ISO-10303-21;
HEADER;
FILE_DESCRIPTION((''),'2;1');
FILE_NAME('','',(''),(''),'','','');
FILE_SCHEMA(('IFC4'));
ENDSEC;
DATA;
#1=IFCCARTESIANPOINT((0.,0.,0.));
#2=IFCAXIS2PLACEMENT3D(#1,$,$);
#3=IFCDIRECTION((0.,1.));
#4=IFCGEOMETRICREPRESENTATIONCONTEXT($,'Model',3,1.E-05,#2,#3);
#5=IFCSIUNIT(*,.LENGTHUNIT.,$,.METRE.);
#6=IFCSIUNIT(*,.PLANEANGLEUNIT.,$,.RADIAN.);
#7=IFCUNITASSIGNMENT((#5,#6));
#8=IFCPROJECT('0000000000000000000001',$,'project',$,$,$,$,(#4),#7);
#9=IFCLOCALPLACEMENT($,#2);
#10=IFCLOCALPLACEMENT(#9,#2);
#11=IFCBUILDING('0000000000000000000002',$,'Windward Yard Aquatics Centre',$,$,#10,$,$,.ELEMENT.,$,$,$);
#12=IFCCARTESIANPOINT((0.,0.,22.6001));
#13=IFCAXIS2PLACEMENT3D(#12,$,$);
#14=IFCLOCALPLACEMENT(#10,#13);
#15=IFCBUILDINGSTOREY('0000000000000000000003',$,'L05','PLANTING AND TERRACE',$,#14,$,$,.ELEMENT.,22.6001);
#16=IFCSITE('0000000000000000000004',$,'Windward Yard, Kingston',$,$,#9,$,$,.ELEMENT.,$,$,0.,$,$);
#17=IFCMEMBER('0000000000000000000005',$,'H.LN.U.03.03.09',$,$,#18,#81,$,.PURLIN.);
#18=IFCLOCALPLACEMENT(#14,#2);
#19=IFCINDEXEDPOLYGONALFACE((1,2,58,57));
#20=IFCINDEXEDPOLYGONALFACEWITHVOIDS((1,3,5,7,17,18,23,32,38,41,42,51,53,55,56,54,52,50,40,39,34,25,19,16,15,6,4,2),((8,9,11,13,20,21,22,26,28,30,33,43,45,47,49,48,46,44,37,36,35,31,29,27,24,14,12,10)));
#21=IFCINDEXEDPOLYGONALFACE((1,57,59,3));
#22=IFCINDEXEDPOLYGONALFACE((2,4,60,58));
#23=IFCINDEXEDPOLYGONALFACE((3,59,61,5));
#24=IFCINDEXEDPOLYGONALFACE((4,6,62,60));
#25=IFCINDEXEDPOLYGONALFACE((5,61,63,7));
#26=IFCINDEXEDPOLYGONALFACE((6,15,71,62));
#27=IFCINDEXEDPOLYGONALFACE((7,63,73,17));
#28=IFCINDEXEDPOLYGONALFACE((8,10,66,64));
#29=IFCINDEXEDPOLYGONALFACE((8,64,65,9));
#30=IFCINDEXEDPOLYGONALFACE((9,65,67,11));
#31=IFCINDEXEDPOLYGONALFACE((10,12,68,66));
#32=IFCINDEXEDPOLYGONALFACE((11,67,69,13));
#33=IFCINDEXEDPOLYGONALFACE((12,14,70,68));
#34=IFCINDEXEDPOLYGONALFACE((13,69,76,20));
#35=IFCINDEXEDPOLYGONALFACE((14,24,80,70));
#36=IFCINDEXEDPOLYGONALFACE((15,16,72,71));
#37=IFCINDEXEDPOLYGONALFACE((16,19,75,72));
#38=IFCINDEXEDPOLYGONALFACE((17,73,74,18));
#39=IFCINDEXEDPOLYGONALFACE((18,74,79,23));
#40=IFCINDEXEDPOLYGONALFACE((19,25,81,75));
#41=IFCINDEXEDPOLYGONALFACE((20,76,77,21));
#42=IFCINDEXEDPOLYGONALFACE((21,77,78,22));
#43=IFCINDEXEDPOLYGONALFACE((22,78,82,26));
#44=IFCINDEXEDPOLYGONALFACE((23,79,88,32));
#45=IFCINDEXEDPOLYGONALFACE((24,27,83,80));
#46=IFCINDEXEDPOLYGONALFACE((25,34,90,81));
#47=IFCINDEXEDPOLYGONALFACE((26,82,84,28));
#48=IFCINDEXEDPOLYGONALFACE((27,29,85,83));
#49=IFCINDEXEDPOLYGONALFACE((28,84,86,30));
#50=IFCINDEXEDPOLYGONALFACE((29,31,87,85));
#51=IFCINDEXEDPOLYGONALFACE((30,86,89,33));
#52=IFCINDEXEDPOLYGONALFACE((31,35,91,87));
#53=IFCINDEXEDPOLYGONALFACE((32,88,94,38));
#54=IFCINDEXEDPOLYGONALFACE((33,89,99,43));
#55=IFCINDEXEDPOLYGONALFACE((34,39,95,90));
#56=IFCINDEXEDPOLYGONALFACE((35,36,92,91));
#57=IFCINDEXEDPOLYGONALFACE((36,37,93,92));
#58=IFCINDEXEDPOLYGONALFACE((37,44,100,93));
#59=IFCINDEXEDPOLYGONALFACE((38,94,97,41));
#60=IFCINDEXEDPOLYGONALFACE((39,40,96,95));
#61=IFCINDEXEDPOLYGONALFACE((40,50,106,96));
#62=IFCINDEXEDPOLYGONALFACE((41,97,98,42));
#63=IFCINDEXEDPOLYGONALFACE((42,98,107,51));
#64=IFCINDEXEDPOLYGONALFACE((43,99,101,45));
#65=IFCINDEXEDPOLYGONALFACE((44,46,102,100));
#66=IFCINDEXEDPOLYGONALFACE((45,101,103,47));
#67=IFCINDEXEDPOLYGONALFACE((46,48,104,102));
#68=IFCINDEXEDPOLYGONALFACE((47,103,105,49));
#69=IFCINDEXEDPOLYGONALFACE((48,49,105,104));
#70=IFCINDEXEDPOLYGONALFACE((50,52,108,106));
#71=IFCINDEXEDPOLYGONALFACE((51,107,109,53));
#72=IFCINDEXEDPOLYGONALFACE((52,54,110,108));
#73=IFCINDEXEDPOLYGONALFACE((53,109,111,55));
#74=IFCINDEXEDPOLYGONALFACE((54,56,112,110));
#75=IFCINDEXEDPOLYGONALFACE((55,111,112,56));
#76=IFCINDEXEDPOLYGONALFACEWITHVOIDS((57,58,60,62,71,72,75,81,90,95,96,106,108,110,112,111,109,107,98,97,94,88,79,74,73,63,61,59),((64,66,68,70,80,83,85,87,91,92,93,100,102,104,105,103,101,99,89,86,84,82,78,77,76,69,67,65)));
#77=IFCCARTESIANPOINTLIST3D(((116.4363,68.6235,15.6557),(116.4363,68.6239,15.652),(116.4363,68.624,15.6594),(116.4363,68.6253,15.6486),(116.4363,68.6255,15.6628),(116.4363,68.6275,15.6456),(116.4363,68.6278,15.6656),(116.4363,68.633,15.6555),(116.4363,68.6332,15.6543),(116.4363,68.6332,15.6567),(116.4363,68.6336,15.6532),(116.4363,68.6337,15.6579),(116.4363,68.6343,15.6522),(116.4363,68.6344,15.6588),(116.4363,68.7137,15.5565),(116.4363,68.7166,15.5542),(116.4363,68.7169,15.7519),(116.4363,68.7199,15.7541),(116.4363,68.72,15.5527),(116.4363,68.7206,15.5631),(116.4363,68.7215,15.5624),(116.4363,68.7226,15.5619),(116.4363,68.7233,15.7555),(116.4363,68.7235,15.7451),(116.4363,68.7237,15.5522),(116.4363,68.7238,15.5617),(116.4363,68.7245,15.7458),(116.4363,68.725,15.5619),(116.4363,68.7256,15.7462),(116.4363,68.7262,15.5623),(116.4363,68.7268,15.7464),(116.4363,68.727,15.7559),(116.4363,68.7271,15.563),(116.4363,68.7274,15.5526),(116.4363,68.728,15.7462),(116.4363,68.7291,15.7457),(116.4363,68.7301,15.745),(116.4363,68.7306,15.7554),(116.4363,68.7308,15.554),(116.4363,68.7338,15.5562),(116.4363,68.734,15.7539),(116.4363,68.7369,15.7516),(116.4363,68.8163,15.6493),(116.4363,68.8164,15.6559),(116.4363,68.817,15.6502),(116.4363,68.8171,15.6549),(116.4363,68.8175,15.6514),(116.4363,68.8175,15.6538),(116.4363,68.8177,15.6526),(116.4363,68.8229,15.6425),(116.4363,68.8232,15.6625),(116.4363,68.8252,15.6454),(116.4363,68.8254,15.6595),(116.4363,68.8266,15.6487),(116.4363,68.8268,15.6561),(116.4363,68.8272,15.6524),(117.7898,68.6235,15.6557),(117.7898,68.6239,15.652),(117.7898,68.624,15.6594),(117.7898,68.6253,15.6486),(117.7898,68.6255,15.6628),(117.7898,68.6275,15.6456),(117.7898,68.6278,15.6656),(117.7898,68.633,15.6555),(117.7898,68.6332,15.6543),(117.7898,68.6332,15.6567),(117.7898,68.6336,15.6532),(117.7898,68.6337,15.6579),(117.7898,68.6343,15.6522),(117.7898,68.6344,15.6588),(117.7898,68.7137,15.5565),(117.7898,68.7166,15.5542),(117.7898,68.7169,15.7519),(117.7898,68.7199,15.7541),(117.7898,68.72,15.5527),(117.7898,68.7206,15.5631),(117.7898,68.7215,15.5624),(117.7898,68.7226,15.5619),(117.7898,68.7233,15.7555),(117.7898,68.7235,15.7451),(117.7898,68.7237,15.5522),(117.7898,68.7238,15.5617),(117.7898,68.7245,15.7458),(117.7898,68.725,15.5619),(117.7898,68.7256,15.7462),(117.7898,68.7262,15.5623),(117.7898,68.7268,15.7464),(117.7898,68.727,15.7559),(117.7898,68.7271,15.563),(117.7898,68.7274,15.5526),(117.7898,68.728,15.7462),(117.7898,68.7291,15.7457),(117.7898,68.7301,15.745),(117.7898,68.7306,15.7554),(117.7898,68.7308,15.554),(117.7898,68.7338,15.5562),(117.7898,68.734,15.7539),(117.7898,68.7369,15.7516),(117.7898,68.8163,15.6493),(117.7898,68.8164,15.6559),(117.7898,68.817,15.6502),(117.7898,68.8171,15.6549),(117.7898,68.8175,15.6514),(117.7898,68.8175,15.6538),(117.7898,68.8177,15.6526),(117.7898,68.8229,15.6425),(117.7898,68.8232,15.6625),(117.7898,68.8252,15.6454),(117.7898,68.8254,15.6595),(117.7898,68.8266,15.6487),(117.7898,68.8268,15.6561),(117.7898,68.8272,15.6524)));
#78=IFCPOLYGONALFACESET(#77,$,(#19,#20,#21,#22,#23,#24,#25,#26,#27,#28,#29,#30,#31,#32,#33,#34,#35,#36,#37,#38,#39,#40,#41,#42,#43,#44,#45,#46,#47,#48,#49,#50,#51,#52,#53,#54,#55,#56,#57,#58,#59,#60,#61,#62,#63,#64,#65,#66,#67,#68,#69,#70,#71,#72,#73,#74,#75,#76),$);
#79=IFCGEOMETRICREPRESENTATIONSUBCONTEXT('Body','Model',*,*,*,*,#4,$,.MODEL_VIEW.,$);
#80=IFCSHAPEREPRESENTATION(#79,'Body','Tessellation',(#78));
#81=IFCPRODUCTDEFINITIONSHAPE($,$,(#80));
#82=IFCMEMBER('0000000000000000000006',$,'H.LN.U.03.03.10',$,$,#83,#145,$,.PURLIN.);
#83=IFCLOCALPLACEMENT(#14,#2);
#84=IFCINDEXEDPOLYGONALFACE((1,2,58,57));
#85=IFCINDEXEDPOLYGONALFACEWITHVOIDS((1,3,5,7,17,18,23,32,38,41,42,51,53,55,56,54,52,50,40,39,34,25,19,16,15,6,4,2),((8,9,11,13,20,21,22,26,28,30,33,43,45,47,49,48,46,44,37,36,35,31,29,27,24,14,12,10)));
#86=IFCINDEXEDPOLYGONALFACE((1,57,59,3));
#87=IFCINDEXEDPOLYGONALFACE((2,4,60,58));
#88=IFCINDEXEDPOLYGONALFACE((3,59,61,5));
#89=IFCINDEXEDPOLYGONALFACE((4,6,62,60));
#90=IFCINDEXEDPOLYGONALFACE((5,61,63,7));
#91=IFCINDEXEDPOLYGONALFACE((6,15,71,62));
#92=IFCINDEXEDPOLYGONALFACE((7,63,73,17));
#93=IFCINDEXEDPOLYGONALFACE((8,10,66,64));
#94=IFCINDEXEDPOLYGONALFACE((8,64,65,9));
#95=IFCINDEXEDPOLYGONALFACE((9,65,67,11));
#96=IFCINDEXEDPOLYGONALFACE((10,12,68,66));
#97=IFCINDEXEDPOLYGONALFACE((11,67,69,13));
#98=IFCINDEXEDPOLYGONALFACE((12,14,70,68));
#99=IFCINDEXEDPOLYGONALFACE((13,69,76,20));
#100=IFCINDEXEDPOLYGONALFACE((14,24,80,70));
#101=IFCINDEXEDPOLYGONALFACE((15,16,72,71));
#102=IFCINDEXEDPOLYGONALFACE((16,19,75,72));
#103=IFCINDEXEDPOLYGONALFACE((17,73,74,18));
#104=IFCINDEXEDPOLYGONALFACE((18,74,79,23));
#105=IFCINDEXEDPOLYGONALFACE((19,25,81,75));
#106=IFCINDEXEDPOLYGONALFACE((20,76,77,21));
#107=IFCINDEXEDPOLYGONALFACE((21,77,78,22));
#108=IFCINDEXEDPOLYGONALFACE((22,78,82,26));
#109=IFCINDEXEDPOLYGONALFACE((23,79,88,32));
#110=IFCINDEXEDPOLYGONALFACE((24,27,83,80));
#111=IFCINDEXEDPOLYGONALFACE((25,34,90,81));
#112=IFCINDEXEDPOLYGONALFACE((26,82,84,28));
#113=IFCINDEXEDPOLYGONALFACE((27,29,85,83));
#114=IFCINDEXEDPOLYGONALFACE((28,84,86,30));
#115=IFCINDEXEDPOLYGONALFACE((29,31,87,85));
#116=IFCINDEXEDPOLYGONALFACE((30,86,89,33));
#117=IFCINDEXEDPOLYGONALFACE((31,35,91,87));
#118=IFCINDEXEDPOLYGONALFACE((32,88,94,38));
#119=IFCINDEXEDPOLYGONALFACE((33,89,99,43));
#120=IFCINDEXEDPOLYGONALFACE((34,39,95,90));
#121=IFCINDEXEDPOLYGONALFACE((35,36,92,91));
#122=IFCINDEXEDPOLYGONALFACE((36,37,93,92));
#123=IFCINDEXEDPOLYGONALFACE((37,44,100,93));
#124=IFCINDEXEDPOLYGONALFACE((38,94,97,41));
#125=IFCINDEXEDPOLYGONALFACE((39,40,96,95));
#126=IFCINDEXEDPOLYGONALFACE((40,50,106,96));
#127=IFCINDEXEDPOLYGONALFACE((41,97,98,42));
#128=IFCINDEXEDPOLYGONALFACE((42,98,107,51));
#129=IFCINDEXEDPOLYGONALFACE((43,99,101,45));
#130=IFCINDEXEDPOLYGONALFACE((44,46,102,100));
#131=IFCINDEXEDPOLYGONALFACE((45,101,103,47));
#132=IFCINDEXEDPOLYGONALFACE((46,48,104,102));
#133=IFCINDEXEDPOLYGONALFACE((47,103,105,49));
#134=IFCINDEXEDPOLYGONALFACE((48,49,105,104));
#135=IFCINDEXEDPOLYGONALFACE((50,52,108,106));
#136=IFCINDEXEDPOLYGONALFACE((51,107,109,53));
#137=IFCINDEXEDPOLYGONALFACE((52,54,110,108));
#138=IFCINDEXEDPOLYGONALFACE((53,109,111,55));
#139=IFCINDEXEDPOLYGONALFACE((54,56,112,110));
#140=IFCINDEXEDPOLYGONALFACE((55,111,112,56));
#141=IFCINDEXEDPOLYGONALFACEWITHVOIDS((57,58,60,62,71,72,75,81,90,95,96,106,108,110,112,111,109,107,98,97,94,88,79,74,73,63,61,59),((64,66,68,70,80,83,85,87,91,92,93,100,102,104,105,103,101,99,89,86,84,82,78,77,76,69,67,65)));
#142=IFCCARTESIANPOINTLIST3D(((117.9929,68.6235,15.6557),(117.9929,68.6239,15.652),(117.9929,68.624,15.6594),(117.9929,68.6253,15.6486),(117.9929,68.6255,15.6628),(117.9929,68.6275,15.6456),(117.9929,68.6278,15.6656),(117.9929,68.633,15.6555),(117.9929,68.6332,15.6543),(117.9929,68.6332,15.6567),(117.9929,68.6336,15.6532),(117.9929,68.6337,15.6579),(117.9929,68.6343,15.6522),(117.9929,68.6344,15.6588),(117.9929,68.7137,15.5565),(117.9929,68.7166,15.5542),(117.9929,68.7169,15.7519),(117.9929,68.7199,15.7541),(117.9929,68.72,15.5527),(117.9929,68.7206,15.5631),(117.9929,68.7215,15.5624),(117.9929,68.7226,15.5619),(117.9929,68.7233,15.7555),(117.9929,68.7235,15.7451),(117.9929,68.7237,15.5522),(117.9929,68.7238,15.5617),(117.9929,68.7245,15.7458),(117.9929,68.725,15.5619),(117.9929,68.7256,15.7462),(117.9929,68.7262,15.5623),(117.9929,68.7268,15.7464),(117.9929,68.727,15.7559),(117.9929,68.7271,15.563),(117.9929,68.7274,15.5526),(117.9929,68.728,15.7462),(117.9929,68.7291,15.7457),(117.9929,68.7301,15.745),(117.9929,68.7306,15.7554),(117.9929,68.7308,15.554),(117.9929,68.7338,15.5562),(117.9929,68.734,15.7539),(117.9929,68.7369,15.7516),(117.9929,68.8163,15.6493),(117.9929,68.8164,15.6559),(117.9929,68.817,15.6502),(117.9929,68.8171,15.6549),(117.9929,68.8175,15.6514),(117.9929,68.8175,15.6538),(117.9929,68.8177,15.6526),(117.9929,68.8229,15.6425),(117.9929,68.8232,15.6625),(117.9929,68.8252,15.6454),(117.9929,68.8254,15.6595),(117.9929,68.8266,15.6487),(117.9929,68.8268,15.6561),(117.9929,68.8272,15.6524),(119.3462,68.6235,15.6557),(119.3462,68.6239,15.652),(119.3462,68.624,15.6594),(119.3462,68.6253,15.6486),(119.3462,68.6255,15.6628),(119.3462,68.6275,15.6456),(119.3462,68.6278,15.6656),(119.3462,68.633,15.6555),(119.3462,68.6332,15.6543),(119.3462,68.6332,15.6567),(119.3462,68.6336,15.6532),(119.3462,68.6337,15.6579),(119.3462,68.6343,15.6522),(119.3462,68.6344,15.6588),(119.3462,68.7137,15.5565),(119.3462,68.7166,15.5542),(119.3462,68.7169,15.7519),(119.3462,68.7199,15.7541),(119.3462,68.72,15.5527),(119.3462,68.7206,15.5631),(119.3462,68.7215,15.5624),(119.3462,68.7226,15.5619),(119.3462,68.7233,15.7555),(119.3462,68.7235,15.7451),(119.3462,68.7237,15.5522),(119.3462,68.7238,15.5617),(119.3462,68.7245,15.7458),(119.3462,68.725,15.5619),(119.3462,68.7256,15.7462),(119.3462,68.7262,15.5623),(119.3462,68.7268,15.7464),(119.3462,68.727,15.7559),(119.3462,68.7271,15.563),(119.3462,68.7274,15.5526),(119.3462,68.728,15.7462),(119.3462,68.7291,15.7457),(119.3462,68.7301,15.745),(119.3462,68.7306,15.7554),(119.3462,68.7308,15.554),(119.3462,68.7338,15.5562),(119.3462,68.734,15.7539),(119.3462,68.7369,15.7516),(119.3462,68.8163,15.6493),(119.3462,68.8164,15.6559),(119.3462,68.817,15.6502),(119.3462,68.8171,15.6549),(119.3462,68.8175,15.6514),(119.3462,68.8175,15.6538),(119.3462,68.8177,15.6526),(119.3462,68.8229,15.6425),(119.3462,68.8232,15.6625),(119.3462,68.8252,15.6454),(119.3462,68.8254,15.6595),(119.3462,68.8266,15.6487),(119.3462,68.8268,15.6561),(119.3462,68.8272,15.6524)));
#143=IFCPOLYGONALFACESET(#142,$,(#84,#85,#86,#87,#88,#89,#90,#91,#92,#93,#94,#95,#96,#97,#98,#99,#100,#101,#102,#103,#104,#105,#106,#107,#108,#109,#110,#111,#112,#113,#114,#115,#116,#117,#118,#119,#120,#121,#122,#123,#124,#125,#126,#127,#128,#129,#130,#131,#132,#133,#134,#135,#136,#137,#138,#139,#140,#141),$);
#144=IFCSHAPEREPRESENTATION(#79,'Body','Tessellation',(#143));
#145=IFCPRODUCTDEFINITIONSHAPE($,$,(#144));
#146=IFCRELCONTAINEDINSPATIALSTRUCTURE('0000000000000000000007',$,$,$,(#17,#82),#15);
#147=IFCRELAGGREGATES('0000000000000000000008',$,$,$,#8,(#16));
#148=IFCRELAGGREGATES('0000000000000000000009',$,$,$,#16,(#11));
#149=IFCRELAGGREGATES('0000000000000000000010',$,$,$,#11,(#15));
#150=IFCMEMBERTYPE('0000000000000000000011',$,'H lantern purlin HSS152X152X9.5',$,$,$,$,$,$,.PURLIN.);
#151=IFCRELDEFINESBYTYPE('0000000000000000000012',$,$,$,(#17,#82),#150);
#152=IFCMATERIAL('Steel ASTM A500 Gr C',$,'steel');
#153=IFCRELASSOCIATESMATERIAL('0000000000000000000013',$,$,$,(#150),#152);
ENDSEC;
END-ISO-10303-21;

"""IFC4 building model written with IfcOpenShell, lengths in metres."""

from ifc_helpers import new_model, si_unit, direction, frame, origin, origin_2d, place, context, subcontext, project, spatial, hollow_rectangle, extrude, material, material_profile, profile_set, type_object, element, save


model = new_model("IFC4")

# Units and contexts
model_context = context("Model", 3, precision=1e-05, world=origin(), true_north=direction((0.0, 1.0)))
body_context = subcontext(model_context, "Body", "Model", "MODEL_VIEW")
ifc_project = project(units=[si_unit("LENGTHUNIT", "METRE"), si_unit("PLANEANGLEUNIT", "RADIAN")], contexts=[model_context])

# Site, building, storey
site_placement = place(None, origin())
site = spatial("IfcSite", under=ifc_project, at=site_placement, Name="Windward Yard, Kingston", CompositionType="ELEMENT", RefElevation=0.0)
building_placement = place(site_placement, origin())
building = spatial("IfcBuilding", under=site, at=building_placement, Name="Windward Yard Aquatics Centre", CompositionType="ELEMENT")
storey_placement = place(building_placement, frame((0.0, 0.0, 22.6001)))
storey = spatial("IfcBuildingStorey", under=building, at=storey_placement, Name="L05", Description="PLANTING AND TERRACE", CompositionType="ELEMENT", Elevation=22.6001)

# Members
ifc_material_1 = material(Name="Steel ASTM A500 Gr C", Category="steel")
ifc_material_profile = material_profile(ifc_material_1, hollow_rectangle(XDim=0.1523, YDim=0.1523, WallThickness=0.0095, InnerFilletRadius=0.0046, OuterFilletRadius=0.0142, at=origin_2d()), Name="HSS152X152X9.5")
ifc_profile_set = profile_set([ifc_material_profile], Name="Steel ASTM A500 Gr C")
member_type = type_object("IfcMemberType", Name="H lantern purlin HSS152X152X9.5", PredefinedType="PURLIN", material=ifc_profile_set)
member_1_placement = place(storey_placement, frame((116.4363, 68.7253, 15.6541), z_axis=(1.0, 0.0, 0.0), x_axis=(0.0, 0.69555, -0.718477)))
element("IfcMember", 1, at=member_1_placement, inside=storey, type_object=member_type, Name="H.LN.U.03.03.09", PredefinedType="PURLIN", context=body_context, shape_type="SweptSolid", body=[
    extrude(hollow_rectangle(XDim=0.1523, YDim=0.1523, WallThickness=0.0095, InnerFilletRadius=0.0046, OuterFilletRadius=0.0142, at=origin_2d()), origin(), (0.0, 0.0, 1.0), 1.3535),
])
for number, where, z_axis, x_axis, name in (
    (2, (117.9929, 68.7253, 15.6541), (1.0, 0.0, 0.0), (0.0, 0.69555, -0.718477), "H.LN.U.03.03.10"),
):
    element("IfcMember", number, at=place(storey_placement, frame(where, z_axis=z_axis, x_axis=x_axis)), inside=storey, type_object=member_type, Name=name, PredefinedType="PURLIN", context=body_context, shape_type="SweptSolid", body=[
        extrude(hollow_rectangle(XDim=0.1523, YDim=0.1523, WallThickness=0.0095, InnerFilletRadius=0.0046, OuterFilletRadius=0.0142, at=origin_2d()), origin(), (0.0, 0.0, 1.0), 1.3533),
    ])

save(model, "model.ifc")
